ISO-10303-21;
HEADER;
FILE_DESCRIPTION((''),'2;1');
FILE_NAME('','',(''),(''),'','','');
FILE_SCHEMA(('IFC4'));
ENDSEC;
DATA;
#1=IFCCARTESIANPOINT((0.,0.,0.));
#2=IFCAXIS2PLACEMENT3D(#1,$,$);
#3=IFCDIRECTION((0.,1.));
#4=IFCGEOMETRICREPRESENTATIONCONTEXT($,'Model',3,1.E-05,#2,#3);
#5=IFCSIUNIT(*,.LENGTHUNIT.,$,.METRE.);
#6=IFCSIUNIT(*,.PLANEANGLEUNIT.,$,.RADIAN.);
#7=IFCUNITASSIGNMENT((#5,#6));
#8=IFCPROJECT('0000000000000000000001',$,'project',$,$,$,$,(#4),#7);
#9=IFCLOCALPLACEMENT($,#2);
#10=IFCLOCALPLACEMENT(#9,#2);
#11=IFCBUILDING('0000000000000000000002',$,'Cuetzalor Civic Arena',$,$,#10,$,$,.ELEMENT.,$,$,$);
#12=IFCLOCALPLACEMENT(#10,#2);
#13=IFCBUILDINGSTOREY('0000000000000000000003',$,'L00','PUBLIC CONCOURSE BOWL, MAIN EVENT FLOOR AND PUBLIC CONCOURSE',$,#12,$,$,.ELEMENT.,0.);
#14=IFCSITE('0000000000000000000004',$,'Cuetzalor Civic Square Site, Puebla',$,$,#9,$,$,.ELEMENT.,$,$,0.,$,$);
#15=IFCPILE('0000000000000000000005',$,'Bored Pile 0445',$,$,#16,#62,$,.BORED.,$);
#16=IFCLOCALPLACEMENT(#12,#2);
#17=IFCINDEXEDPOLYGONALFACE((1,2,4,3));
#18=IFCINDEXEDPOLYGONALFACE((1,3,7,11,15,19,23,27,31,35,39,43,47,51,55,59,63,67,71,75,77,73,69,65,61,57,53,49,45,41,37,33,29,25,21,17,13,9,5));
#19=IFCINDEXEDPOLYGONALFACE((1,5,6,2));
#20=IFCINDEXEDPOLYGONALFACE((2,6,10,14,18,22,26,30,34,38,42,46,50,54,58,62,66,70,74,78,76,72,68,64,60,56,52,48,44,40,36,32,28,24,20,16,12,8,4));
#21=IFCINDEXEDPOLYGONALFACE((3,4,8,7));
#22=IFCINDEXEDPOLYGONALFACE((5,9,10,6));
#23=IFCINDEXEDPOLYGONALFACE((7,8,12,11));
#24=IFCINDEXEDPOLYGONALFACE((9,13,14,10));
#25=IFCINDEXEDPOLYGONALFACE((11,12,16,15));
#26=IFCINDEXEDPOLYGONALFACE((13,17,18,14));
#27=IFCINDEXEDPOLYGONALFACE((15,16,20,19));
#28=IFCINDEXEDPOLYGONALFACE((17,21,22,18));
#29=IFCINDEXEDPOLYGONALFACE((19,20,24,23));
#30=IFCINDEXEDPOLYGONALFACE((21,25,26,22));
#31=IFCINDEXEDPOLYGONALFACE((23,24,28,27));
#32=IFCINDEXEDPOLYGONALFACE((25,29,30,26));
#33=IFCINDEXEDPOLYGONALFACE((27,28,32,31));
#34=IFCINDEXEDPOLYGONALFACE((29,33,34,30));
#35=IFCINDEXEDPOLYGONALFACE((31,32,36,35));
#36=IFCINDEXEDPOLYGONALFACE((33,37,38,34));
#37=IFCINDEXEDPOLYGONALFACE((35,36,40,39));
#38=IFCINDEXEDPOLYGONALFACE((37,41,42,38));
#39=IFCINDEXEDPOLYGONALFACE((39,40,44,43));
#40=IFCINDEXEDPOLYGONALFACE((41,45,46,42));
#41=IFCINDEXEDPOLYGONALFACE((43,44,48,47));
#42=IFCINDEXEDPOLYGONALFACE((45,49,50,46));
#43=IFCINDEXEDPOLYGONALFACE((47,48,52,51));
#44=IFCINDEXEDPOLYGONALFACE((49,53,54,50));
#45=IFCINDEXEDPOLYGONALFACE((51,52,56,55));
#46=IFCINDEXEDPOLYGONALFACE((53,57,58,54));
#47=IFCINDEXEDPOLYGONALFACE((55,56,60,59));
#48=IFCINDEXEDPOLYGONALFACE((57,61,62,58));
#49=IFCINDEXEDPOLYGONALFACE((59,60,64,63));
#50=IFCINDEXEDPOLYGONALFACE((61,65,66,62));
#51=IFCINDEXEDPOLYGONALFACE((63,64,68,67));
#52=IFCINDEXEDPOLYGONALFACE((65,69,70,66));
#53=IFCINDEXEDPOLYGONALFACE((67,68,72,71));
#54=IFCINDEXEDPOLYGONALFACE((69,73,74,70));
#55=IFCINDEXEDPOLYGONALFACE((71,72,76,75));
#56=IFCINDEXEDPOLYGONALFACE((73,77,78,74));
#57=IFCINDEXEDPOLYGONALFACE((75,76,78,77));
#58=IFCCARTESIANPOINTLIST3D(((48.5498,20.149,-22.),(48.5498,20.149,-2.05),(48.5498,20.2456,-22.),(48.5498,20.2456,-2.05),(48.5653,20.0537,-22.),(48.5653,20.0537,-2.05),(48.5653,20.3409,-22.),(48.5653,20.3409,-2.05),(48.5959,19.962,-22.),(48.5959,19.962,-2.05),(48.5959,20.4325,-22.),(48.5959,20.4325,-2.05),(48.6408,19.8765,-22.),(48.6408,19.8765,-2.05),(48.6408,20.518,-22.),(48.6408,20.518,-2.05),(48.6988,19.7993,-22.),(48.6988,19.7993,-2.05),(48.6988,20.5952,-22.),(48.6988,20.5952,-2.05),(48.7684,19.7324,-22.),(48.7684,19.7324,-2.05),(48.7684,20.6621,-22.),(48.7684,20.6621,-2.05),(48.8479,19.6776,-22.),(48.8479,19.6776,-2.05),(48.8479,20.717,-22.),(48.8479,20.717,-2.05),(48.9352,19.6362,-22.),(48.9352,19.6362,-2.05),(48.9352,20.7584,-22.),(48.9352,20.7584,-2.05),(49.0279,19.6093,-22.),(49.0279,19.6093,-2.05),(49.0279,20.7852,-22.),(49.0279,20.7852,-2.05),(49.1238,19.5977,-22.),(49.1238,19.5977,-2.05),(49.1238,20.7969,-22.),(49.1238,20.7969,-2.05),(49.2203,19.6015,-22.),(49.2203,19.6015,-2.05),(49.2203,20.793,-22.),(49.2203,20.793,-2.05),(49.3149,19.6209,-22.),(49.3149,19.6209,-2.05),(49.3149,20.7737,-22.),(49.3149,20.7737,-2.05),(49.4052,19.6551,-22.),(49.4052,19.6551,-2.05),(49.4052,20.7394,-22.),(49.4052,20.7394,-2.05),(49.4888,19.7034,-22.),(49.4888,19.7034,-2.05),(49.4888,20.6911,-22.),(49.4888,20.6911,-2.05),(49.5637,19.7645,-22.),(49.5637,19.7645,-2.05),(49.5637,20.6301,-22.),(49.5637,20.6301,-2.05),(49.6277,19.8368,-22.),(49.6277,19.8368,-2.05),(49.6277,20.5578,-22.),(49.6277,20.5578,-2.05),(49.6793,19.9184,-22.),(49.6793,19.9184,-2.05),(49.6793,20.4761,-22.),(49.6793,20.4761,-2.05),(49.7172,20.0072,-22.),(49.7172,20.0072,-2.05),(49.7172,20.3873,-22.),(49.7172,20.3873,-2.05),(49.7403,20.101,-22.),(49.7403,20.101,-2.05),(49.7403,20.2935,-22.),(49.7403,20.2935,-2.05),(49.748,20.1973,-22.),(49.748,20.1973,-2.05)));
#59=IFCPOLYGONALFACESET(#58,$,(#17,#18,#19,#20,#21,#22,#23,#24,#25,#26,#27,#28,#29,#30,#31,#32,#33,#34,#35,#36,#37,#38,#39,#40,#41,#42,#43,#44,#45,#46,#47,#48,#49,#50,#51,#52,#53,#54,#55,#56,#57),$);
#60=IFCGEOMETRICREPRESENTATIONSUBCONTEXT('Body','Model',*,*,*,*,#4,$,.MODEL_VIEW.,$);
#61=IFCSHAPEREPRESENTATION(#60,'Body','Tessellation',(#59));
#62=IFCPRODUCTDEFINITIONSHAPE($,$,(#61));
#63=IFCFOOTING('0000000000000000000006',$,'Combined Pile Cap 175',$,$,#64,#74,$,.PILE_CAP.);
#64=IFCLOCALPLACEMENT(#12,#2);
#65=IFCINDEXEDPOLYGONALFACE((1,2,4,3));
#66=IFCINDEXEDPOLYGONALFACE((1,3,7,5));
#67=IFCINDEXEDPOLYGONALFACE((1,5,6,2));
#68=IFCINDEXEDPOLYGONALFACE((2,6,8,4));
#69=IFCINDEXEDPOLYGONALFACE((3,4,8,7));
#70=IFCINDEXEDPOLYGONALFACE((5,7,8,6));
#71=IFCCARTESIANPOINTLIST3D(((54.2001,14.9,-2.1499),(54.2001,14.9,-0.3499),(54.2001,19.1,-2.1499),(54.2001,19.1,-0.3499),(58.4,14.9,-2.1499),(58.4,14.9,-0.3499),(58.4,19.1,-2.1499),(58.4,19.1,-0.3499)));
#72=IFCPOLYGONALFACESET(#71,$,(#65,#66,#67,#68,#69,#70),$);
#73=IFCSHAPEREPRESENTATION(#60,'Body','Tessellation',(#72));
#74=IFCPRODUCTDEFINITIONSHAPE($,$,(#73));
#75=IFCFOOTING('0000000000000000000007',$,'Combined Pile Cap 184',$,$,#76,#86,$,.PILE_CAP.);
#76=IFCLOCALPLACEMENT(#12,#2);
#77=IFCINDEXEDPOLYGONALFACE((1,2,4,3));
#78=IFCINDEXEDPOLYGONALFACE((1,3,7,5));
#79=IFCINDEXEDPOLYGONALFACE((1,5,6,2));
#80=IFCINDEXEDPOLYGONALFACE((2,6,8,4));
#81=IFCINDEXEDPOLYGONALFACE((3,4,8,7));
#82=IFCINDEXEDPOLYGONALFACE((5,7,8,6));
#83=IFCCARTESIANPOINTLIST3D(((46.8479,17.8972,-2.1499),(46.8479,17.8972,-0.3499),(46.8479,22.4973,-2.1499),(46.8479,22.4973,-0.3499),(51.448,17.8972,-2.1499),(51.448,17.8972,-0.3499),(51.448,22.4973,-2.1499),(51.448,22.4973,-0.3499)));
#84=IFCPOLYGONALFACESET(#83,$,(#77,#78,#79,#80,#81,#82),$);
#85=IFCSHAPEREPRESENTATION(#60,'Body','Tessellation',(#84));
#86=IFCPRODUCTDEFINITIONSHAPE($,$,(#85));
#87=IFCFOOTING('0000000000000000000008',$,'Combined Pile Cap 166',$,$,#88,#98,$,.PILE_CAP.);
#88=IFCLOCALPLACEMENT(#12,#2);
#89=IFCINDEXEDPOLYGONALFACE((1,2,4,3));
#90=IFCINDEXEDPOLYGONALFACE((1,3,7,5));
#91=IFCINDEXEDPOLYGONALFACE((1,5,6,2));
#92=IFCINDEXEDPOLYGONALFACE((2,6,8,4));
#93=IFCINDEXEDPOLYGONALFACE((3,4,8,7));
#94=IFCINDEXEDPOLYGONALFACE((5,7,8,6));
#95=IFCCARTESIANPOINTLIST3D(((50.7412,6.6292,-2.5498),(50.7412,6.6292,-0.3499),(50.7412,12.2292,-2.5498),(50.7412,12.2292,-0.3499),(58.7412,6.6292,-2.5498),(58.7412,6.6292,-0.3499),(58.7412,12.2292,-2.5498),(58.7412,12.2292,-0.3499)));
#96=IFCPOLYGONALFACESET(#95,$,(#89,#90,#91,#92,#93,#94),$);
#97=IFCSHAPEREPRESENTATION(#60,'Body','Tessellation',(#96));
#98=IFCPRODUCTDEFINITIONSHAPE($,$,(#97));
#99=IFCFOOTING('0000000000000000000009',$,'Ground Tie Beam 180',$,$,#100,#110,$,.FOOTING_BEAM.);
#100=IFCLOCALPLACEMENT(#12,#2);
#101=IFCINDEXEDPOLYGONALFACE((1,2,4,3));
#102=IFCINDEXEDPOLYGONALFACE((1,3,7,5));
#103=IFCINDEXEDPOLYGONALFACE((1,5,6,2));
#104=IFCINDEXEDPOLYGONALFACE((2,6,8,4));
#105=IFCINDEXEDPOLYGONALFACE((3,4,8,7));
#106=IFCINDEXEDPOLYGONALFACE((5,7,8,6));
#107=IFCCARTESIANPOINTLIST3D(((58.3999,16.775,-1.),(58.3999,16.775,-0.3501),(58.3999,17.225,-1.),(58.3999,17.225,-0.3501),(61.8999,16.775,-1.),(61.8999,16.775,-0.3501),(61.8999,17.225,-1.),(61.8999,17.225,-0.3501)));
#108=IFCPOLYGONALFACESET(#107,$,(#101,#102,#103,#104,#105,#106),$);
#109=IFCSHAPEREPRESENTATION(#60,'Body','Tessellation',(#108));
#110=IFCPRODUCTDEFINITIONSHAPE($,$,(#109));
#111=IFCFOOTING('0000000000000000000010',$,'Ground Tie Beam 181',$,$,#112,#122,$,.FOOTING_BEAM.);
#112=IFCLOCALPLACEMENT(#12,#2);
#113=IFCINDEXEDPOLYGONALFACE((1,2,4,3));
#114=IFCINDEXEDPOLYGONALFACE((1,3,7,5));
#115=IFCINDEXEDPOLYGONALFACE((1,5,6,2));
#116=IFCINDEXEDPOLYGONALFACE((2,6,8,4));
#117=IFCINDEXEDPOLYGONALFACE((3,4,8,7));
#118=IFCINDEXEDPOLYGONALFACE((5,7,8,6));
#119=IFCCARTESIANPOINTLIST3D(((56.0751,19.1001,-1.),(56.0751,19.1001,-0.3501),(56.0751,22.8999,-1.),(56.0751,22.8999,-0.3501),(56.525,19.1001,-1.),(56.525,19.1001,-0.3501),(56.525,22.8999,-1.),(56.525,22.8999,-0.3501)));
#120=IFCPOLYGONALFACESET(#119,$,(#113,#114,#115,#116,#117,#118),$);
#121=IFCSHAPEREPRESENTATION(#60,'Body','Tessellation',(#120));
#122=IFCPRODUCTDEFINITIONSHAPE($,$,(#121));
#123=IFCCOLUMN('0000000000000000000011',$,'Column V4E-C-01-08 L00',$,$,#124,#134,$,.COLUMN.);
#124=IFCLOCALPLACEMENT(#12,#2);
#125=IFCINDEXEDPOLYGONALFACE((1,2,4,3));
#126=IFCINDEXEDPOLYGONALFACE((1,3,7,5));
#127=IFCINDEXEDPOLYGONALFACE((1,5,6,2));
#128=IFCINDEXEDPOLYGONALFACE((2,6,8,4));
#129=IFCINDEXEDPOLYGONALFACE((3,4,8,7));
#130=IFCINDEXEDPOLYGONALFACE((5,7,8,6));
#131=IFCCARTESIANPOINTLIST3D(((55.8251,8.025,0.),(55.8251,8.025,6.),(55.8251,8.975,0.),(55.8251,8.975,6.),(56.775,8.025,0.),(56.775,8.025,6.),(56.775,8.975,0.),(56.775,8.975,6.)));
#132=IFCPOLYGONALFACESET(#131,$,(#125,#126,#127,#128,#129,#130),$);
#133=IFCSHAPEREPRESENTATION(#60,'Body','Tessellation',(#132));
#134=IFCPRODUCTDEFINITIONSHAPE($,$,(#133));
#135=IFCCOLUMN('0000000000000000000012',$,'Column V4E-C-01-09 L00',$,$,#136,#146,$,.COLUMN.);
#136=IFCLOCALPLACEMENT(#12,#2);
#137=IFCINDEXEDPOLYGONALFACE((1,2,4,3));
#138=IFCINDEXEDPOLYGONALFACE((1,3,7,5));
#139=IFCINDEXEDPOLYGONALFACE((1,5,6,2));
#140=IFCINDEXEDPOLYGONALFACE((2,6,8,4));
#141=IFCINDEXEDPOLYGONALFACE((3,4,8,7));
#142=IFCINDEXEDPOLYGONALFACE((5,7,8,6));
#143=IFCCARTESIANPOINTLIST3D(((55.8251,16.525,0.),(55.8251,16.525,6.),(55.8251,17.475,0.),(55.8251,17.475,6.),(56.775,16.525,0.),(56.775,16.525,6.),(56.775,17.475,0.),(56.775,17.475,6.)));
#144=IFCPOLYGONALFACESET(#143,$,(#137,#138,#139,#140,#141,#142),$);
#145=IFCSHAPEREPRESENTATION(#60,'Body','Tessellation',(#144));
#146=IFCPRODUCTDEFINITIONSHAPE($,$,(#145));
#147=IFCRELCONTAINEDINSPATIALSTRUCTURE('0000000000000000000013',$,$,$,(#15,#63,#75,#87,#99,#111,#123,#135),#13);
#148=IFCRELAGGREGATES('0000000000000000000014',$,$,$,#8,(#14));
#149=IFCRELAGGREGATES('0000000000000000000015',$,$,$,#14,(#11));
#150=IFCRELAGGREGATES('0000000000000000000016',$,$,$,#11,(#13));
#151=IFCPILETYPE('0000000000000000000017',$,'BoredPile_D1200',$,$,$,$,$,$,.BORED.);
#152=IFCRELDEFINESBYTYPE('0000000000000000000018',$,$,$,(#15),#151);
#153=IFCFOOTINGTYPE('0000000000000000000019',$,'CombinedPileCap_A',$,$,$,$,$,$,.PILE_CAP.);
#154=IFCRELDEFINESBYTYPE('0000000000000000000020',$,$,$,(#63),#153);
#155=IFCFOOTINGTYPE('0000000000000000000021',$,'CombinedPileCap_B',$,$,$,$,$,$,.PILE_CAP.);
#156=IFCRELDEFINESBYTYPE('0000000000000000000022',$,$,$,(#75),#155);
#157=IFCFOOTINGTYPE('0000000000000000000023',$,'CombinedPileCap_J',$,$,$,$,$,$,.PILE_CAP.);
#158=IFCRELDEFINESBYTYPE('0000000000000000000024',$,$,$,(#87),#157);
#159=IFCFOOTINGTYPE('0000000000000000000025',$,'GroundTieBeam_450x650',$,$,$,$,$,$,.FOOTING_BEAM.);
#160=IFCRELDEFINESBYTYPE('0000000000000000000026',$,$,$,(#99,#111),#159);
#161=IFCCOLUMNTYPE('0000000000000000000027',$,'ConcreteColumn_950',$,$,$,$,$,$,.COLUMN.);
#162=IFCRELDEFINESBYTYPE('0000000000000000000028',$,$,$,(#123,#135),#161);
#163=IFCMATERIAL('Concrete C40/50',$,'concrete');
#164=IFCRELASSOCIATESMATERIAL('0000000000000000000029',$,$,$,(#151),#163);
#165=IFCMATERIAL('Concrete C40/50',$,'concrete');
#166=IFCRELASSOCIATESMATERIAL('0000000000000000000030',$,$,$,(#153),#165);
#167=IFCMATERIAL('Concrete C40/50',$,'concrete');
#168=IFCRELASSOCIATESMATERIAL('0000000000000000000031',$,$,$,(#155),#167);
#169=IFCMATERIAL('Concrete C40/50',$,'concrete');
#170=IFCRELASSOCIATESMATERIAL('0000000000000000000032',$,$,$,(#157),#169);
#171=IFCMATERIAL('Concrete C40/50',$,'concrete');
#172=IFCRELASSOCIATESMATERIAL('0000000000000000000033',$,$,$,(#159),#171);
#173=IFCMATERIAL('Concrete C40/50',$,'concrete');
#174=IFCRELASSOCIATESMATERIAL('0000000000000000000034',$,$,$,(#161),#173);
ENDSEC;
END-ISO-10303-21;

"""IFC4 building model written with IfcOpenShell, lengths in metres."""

from ifc_helpers import new_model, si_unit, direction, frame, origin, origin_2d, place, context, subcontext, project, spatial, rectangle, circle, extrude, material, material_profile, profile_set, type_object, element, save


model = new_model("IFC4")

# Units and contexts
model_context = context("Model", 3, precision=1e-05, world=origin(), true_north=direction((0.0, 1.0)))
body_context = subcontext(model_context, "Body", "Model", "MODEL_VIEW")
ifc_project = project(units=[si_unit("LENGTHUNIT", "METRE"), si_unit("PLANEANGLEUNIT", "RADIAN")], contexts=[model_context])

# Site, building, storey
site_placement = place(None, origin())
site = spatial("IfcSite", under=ifc_project, at=site_placement, Name="Cuetzalor Civic Square Site, Puebla", CompositionType="ELEMENT", RefElevation=0.0)
building_placement = place(site_placement, origin())
building = spatial("IfcBuilding", under=site, at=building_placement, Name="Cuetzalor Civic Arena", CompositionType="ELEMENT")
storey_placement = place(building_placement, origin())
storey = spatial("IfcBuildingStorey", under=building, at=storey_placement, Name="L00", Description="PUBLIC CONCOURSE BOWL, MAIN EVENT FLOOR AND PUBLIC CONCOURSE", CompositionType="ELEMENT", Elevation=0.0)

# Pile
ifc_material_1 = material(Name="Concrete C40/50", Category="concrete")
ifc_material_profile_1 = material_profile(ifc_material_1, circle(Radius=0.6001, at=origin_2d()), Name="BORED PILE D1200")
ifc_profile_set_1 = profile_set([ifc_material_profile_1], Name="Concrete C40/50")
pile_type_1 = type_object("IfcPileType", Name="BoredPile_D1200", PredefinedType="BORED", material=ifc_profile_set_1)
pile_placement = place(storey_placement, frame((49.1479, 20.1973, -2.05), z_axis=(0.0, 0.0, -1.0), x_axis=(1.0, 0.0, 0.0)))
element("IfcPile", 1, at=pile_placement, inside=storey, type_object=pile_type_1, Name="Bored Pile 0445", PredefinedType="BORED", context=body_context, shape_type="SweptSolid", body=[
    extrude(circle(Radius=0.6001, at=origin_2d()), origin(), (0.0, 0.0, 1.0), 19.95),
])

# Footings
ifc_material_2 = material(Name="Concrete C40/50", Category="concrete")
footing_type_1 = type_object("IfcFootingType", Name="CombinedPileCap_A", PredefinedType="PILE_CAP", material=ifc_material_2)
footing_1_placement = place(storey_placement, frame((56.3, 17.0, -2.1499), z_axis=(0.0, 0.0, 1.0), x_axis=(1.0, 0.0, 0.0)))
element("IfcFooting", 2, at=footing_1_placement, inside=storey, type_object=footing_type_1, Name="Combined Pile Cap 175", PredefinedType="PILE_CAP", context=body_context, shape_type="SweptSolid", body=[
    extrude(rectangle(XDim=4.2, YDim=4.2, at=origin_2d()), origin(), (0.0, 0.0, 1.0), 1.8),
])
ifc_material_3 = material(Name="Concrete C40/50", Category="concrete")
footing_type_2 = type_object("IfcFootingType", Name="CombinedPileCap_B", PredefinedType="PILE_CAP", material=ifc_material_3)
footing_2_placement = place(storey_placement, frame((49.1479, 20.1973, -2.1499), z_axis=(0.0, 0.0, 1.0), x_axis=(1.0, 0.0, 0.0)))
element("IfcFooting", 3, at=footing_2_placement, inside=storey, type_object=footing_type_2, Name="Combined Pile Cap 184", PredefinedType="PILE_CAP", context=body_context, shape_type="SweptSolid", body=[
    extrude(rectangle(XDim=4.6001, YDim=4.6001, at=origin_2d()), origin(), (0.0, 0.0, 1.0), 1.8),
])
ifc_material_4 = material(Name="Concrete C40/50", Category="concrete")
footing_type_3 = type_object("IfcFootingType", Name="CombinedPileCap_J", PredefinedType="PILE_CAP", material=ifc_material_4)
footing_3_placement = place(storey_placement, frame((54.7412, 9.4292, -2.5498), z_axis=(0.0, 0.0, 1.0), x_axis=(1.0, 0.0, 0.0)))
element("IfcFooting", 4, at=footing_3_placement, inside=storey, type_object=footing_type_3, Name="Combined Pile Cap 166", PredefinedType="PILE_CAP", context=body_context, shape_type="SweptSolid", body=[
    extrude(rectangle(XDim=8.0, YDim=5.6001, at=origin_2d()), origin(), (0.0, 0.0, 1.0), 2.2),
])
ifc_material_5 = material(Name="Concrete C40/50", Category="concrete")
ifc_material_profile_2 = material_profile(ifc_material_5, rectangle(XDim=0.45, YDim=0.6499, at=origin_2d()), Name="RC 450x650")
ifc_profile_set_2 = profile_set([ifc_material_profile_2], Name="Concrete C40/50")
footing_type_4 = type_object("IfcFootingType", Name="GroundTieBeam_450x650", PredefinedType="FOOTING_BEAM", material=ifc_profile_set_2)
footing_4_placement = place(storey_placement, frame((58.3999, 17.0, -0.675), z_axis=(1.0, 0.0, 0.0), x_axis=(0.0, 1.0, 0.0)))
element("IfcFooting", 5, at=footing_4_placement, inside=storey, type_object=footing_type_4, Name="Ground Tie Beam 180", PredefinedType="FOOTING_BEAM", context=body_context, shape_type="SweptSolid", body=[
    extrude(rectangle(XDim=0.45, YDim=0.6499, at=origin_2d()), origin(), (0.0, 0.0, 1.0), 3.5),
])
footing_5_placement = place(storey_placement, frame((56.3, 19.1001, -0.675), z_axis=(0.0, 1.0, 0.0), x_axis=(-1.0, 0.0, 0.0)))
element("IfcFooting", 6, at=footing_5_placement, inside=storey, type_object=footing_type_4, Name="Ground Tie Beam 181", PredefinedType="FOOTING_BEAM", context=body_context, shape_type="SweptSolid", body=[
    extrude(rectangle(XDim=0.45, YDim=0.6499, at=origin_2d()), origin(), (0.0, 0.0, 1.0), 3.7998),
])

# Columns
ifc_material_6 = material(Name="Concrete C40/50", Category="concrete")
ifc_material_profile_3 = material_profile(ifc_material_6, rectangle(XDim=0.95, YDim=0.95, at=origin_2d()), Name="RC 950x950")
ifc_profile_set_3 = profile_set([ifc_material_profile_3], Name="Concrete C40/50")
column_type_1 = type_object("IfcColumnType", Name="ConcreteColumn_950", PredefinedType="COLUMN", material=ifc_profile_set_3)
for number, where, z_axis, x_axis, name in (
    (7, (56.3, 8.5, 0.0), (0.0, 0.0, 1.0), (1.0, 0.0, 0.0), "Column V4E-C-01-08 L00"),
    (8, (56.3, 17.0, 0.0), (0.0, 0.0, 1.0), (1.0, 0.0, 0.0), "Column V4E-C-01-09 L00"),
):
    element("IfcColumn", number, at=place(storey_placement, frame(where, z_axis=z_axis, x_axis=x_axis)), inside=storey, type_object=column_type_1, Name=name, PredefinedType="COLUMN", context=body_context, shape_type="SweptSolid", body=[
        extrude(rectangle(XDim=0.95, YDim=0.95, at=origin_2d()), origin(), (0.0, 0.0, 1.0), 6.0),
    ])

save(model, "model.ifc")
